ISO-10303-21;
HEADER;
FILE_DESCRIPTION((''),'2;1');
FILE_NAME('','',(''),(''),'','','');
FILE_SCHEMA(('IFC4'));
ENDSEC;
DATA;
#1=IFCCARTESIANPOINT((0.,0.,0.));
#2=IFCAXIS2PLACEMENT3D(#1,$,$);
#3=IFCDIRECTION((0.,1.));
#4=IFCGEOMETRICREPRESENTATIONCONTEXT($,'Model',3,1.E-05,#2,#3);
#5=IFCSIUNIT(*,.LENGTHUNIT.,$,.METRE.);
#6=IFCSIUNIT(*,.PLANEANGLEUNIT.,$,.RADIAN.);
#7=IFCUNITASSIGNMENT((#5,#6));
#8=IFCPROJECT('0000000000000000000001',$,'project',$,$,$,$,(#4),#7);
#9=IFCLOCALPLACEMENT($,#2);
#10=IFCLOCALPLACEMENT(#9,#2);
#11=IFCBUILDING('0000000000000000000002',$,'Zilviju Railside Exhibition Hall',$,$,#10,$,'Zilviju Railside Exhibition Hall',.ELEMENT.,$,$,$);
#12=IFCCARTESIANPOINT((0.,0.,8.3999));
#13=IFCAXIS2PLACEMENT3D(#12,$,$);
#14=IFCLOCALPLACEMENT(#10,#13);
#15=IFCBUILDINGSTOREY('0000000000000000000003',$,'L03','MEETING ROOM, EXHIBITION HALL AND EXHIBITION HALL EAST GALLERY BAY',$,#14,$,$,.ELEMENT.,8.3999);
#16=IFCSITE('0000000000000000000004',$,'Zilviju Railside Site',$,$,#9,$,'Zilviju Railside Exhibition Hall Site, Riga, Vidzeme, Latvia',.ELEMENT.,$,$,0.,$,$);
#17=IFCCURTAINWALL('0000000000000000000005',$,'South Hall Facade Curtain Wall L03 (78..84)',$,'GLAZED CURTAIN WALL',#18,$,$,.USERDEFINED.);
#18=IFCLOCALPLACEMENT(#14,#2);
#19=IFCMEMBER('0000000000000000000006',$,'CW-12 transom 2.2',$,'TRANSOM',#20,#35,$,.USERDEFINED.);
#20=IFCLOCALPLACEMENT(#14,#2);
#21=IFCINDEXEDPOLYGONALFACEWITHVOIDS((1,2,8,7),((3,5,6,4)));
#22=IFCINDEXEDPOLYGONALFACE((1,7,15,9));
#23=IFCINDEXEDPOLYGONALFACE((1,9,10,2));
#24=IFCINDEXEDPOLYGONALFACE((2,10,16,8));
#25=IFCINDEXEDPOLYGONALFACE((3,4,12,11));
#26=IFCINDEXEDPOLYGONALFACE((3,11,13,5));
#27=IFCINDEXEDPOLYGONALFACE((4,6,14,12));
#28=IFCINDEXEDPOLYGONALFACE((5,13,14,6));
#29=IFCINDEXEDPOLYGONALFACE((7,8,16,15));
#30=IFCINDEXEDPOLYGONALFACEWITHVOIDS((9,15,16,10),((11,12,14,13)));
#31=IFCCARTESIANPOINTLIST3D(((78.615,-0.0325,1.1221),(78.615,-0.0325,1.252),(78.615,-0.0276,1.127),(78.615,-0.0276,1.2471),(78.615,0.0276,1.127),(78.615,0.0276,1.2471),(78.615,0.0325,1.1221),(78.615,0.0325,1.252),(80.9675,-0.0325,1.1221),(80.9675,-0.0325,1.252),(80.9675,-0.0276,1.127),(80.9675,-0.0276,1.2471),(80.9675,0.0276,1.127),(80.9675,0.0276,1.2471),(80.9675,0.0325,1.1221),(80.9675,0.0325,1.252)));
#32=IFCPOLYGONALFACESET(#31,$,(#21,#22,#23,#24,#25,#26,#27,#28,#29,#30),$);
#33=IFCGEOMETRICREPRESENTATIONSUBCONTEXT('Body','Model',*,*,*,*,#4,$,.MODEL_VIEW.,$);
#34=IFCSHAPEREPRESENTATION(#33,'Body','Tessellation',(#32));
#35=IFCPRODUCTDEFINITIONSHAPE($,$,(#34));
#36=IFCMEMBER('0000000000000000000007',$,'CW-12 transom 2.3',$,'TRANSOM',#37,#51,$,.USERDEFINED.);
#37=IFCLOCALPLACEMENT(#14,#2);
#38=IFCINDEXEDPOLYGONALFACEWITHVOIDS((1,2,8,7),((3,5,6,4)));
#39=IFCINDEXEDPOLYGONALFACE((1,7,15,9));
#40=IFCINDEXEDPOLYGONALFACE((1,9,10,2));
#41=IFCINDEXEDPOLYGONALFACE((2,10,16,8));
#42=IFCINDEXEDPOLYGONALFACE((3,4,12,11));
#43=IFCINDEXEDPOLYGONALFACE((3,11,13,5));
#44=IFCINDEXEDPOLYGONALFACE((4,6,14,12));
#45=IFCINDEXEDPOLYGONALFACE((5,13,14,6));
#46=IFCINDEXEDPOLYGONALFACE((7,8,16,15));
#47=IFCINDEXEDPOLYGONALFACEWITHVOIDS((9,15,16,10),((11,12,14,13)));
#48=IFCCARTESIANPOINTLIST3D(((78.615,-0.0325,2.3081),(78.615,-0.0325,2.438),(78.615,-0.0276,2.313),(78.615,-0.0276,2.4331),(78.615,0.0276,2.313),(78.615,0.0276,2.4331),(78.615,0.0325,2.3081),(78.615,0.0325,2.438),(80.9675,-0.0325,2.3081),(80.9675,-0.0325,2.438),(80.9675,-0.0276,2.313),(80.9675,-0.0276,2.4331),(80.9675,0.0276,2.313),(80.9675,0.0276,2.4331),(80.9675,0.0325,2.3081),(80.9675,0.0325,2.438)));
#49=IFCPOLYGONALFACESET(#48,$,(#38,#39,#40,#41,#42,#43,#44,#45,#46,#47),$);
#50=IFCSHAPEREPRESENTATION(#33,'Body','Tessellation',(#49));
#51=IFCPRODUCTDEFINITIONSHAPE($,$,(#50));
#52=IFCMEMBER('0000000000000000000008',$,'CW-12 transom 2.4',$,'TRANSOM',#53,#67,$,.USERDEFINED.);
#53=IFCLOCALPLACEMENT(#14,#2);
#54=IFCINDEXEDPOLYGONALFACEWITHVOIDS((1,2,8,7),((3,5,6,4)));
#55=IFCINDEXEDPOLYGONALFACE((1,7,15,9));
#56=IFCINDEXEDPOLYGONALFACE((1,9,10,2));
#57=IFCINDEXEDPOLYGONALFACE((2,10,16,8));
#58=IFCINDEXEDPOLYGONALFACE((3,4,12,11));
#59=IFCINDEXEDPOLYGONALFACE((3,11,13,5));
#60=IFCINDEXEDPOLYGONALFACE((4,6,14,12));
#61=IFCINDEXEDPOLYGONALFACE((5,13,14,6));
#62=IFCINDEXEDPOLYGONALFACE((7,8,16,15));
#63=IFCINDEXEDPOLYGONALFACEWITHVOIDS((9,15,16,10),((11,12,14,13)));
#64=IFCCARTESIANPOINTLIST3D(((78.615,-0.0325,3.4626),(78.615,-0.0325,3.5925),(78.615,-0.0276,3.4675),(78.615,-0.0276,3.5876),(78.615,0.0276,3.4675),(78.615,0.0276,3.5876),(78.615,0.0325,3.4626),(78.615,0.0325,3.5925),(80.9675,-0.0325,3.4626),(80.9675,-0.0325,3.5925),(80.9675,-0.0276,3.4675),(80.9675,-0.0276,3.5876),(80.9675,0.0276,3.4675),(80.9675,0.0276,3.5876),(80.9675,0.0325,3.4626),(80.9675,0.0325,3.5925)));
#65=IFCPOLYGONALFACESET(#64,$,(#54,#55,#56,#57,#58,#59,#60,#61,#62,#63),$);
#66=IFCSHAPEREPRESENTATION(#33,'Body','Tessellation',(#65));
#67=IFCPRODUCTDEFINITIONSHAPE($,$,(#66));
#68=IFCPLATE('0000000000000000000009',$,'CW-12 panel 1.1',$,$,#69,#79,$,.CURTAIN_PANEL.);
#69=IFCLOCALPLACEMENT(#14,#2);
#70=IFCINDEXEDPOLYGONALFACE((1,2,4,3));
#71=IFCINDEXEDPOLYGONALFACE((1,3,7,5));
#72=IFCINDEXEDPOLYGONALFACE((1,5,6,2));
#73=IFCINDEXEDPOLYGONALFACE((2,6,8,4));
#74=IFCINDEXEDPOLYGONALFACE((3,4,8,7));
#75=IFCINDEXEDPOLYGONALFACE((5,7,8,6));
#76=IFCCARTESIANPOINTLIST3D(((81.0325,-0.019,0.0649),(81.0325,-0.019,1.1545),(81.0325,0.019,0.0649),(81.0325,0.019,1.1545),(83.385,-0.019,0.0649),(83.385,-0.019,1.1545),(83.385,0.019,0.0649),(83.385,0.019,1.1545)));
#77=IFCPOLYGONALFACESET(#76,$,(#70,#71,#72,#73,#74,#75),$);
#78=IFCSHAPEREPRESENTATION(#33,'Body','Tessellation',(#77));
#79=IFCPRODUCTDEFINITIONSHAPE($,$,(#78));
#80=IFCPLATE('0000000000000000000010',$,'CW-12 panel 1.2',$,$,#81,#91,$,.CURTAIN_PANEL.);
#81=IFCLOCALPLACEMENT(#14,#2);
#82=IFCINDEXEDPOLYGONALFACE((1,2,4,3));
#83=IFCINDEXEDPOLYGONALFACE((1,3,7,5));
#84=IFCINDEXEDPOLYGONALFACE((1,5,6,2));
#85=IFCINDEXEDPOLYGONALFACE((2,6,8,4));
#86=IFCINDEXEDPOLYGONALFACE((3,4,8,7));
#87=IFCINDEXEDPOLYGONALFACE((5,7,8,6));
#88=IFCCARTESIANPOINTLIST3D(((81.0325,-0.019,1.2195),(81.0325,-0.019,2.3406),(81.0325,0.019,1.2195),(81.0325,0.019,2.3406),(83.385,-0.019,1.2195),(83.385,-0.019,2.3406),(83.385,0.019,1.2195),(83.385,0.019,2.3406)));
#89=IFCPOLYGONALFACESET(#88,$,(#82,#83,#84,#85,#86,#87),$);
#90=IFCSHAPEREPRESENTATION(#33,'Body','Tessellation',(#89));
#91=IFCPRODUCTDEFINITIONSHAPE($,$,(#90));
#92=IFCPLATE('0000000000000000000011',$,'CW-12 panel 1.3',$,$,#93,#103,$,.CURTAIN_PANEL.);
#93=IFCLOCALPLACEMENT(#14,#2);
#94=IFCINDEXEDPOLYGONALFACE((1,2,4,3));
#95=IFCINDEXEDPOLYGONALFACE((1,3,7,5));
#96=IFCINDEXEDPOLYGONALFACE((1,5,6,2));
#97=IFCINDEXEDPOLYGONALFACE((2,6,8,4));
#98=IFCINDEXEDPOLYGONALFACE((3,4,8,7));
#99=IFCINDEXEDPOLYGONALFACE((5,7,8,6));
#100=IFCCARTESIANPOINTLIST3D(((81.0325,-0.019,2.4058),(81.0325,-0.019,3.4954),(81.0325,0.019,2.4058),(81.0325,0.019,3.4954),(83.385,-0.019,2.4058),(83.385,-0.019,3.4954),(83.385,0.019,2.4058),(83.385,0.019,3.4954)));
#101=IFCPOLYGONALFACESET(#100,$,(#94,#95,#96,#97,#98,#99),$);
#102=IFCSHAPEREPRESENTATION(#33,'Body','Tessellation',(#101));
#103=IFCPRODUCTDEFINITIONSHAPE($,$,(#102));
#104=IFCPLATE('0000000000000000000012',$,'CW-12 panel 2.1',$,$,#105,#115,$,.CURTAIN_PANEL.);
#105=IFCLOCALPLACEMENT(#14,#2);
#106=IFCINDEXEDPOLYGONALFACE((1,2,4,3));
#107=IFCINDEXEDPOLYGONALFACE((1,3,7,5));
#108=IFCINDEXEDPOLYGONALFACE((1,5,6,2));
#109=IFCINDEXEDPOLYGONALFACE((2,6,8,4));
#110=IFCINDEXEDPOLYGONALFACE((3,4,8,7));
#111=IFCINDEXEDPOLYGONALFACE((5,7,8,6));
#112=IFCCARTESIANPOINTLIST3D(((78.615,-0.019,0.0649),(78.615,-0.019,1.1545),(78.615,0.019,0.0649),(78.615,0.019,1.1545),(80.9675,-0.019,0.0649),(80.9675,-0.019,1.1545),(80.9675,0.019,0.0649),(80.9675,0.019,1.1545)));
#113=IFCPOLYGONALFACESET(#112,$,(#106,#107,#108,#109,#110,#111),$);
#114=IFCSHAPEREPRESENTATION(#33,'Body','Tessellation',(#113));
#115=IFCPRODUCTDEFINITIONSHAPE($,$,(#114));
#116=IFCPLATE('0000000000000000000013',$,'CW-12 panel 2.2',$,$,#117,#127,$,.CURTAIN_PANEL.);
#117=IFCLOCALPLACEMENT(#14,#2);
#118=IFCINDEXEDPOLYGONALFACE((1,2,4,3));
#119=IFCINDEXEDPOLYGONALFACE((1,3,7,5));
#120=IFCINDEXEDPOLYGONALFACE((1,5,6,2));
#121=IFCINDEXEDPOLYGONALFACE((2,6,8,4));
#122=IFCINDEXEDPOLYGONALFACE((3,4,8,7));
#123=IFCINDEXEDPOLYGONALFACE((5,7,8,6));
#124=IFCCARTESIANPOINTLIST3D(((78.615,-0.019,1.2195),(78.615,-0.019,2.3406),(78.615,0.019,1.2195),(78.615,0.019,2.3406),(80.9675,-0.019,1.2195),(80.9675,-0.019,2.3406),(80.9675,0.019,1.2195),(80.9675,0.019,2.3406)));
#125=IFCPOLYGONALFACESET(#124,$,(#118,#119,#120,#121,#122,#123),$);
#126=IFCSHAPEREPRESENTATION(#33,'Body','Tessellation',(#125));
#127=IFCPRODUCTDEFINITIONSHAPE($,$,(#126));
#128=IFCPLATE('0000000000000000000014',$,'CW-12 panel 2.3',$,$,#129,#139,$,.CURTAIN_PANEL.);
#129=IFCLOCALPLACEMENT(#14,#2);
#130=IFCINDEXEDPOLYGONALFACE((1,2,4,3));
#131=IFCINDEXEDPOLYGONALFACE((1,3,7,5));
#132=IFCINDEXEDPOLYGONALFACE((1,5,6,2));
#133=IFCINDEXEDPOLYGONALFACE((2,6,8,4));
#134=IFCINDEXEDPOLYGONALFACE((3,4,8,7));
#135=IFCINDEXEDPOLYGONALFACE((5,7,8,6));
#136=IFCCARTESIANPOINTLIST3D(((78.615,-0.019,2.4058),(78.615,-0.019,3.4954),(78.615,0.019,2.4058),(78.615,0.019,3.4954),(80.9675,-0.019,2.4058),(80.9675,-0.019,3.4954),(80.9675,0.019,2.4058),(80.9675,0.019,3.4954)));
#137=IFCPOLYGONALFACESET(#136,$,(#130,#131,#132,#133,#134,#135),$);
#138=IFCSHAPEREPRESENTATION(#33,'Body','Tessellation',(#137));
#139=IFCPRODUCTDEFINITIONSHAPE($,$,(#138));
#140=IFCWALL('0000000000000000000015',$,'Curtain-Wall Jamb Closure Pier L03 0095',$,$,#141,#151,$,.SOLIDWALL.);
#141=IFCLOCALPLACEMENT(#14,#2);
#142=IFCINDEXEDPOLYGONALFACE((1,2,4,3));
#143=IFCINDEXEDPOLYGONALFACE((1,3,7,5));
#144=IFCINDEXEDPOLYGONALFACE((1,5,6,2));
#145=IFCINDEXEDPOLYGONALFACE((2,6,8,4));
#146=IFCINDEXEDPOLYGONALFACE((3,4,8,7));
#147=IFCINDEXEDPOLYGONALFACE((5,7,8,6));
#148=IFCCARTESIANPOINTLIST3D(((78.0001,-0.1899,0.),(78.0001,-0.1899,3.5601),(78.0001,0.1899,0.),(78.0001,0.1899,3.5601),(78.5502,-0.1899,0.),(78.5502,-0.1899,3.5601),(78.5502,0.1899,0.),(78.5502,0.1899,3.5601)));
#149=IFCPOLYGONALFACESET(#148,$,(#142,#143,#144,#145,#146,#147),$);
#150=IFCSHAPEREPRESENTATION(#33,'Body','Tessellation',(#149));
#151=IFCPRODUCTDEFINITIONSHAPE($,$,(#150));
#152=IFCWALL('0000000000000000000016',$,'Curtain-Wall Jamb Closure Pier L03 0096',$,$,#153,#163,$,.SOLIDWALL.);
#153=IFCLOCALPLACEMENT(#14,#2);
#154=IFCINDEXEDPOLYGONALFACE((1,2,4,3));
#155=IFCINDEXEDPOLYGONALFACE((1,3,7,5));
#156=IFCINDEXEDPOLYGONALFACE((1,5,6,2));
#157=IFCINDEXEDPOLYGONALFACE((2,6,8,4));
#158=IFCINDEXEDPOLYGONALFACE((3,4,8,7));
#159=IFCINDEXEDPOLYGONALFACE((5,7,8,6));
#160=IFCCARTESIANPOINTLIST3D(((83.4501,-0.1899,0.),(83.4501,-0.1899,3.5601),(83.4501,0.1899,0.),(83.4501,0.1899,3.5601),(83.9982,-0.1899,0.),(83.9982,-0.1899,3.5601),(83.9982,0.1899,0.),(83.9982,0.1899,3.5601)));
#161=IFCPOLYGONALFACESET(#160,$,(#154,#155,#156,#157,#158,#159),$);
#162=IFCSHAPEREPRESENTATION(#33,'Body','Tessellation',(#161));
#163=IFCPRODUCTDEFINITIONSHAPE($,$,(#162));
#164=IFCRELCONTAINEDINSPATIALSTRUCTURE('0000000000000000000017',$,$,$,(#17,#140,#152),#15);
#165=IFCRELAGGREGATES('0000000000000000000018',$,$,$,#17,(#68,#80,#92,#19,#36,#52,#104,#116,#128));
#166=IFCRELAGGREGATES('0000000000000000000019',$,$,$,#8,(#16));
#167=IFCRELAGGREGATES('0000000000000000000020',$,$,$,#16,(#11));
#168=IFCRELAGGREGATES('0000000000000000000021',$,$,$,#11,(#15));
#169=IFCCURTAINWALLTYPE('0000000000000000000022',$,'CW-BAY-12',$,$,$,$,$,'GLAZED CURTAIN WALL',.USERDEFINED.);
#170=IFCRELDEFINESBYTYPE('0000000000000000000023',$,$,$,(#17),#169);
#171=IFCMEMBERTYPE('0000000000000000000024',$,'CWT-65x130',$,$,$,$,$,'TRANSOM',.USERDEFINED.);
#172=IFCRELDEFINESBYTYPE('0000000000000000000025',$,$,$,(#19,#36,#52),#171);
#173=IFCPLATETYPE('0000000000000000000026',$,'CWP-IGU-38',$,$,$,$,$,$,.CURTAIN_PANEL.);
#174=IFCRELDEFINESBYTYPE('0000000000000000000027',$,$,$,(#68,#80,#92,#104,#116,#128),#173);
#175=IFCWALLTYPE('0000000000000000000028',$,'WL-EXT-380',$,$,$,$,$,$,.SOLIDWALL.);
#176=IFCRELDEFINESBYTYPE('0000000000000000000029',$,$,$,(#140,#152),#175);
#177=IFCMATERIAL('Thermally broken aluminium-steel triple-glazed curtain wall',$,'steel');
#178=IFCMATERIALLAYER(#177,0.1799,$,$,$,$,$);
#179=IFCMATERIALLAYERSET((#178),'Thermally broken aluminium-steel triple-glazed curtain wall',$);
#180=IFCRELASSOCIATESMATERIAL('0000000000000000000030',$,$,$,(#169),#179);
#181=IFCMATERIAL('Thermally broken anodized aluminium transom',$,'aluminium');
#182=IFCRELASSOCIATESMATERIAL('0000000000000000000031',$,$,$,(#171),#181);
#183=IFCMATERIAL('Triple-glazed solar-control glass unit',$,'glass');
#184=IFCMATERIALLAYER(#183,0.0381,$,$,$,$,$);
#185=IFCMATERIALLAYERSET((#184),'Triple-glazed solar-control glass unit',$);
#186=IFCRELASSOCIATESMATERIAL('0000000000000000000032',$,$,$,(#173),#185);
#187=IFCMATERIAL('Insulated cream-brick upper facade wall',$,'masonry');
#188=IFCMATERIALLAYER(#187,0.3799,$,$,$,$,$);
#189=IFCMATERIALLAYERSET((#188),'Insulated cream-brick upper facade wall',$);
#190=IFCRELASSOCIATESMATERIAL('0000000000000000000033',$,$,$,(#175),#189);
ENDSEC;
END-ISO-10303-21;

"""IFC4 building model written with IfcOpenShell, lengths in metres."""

from ifc_helpers import new_model, si_unit, direction, frame, frame_2d, origin, origin_2d, place, context, subcontext, project, spatial, rectangle, hollow_rectangle, extrude, material, layer, layer_set, material_profile, profile_set, type_object, element, aggregate, save


model = new_model("IFC4")

# Units and contexts
model_context = context("Model", 3, precision=1e-05, world=origin(), true_north=direction((0.0, 1.0)))
body_context = subcontext(model_context, "Body", "Model", "MODEL_VIEW")
ifc_project = project(units=[si_unit("LENGTHUNIT", "METRE"), si_unit("PLANEANGLEUNIT", "RADIAN")], contexts=[model_context])

# Site, building, storey
site_placement = place(None, origin())
site = spatial("IfcSite", under=ifc_project, at=site_placement, Name="Zilviju Railside Site", LongName="Zilviju Railside Exhibition Hall Site, Riga, Vidzeme, Latvia", CompositionType="ELEMENT", RefElevation=0.0)
building_placement = place(site_placement, origin())
building = spatial("IfcBuilding", under=site, at=building_placement, Name="Zilviju Railside Exhibition Hall", LongName="Zilviju Railside Exhibition Hall", CompositionType="ELEMENT")
storey_placement = place(building_placement, frame((0.0, 0.0, 8.3999)))
storey = spatial("IfcBuildingStorey", under=building, at=storey_placement, Name="L03", Description="MEETING ROOM, EXHIBITION HALL AND EXHIBITION HALL EAST GALLERY BAY", CompositionType="ELEMENT", Elevation=8.3999)

# Curtain wall, members, plates
ifc_material_1 = material(Name="Thermally broken aluminium-steel triple-glazed curtain wall", Category="steel")
ifc_layer_1 = layer(ifc_material_1, 0.1799)
ifc_layer_set_1 = layer_set([ifc_layer_1], Name="Thermally broken aluminium-steel triple-glazed curtain wall")
curtain_wall_type = type_object("IfcCurtainWallType", Name="CW-BAY-12", ElementType="GLAZED CURTAIN WALL", PredefinedType="USERDEFINED", material=ifc_layer_set_1)
curtain_wall_placement = place(storey_placement, origin())
curtain_wall = element("IfcCurtainWall", 1, at=curtain_wall_placement, inside=storey, type_object=curtain_wall_type, Name="South Hall Facade Curtain Wall L03 (78..84)", ObjectType="GLAZED CURTAIN WALL", PredefinedType="USERDEFINED")
ifc_material_2 = material(Name="Thermally broken anodized aluminium transom", Category="aluminium")
ifc_material_profile_1 = material_profile(ifc_material_2, hollow_rectangle(XDim=0.0649, YDim=0.1299, WallThickness=0.0049, at=origin_2d()), Name="TRANSOM 130x65x5")
ifc_profile_set_1 = profile_set([ifc_material_profile_1], Name="Thermally broken anodized aluminium transom")
member_type_1 = type_object("IfcMemberType", Name="CWT-65x130", ElementType="TRANSOM", PredefinedType="USERDEFINED", material=ifc_profile_set_1)
member_1_placement = place(storey_placement, frame((80.9675, 0.0, 1.187), z_axis=(-1.0, 0.0, 0.0), x_axis=(0.0, -1.0, 0.0)))
member_1 = element("IfcMember", 2, at=member_1_placement, type_object=member_type_1, Name="CW-12 transom 2.2", ObjectType="TRANSOM", PredefinedType="USERDEFINED", context=body_context, shape_type="SweptSolid", body=[
    extrude(hollow_rectangle(XDim=0.0649, YDim=0.1299, WallThickness=0.0049, at=origin_2d()), origin(), (0.0, 0.0, 1.0), 2.3525),
])
member_2_placement = place(storey_placement, frame((80.9675, 0.0, 2.373), z_axis=(-1.0, 0.0, 0.0), x_axis=(0.0, -1.0, 0.0)))
member_2 = element("IfcMember", 3, at=member_2_placement, type_object=member_type_1, Name="CW-12 transom 2.3", ObjectType="TRANSOM", PredefinedType="USERDEFINED", context=body_context, shape_type="SweptSolid", body=[
    extrude(hollow_rectangle(XDim=0.0649, YDim=0.1299, WallThickness=0.0049, at=origin_2d()), origin(), (0.0, 0.0, 1.0), 2.3525),
])
member_3_placement = place(storey_placement, frame((80.9675, 0.0, 3.5276), z_axis=(-1.0, 0.0, 0.0), x_axis=(0.0, -1.0, 0.0)))
member_3 = element("IfcMember", 4, at=member_3_placement, type_object=member_type_1, Name="CW-12 transom 2.4", ObjectType="TRANSOM", PredefinedType="USERDEFINED", context=body_context, shape_type="SweptSolid", body=[
    extrude(hollow_rectangle(XDim=0.0649, YDim=0.1299, WallThickness=0.0049, at=origin_2d()), origin(), (0.0, 0.0, 1.0), 2.3525),
])
ifc_material_3 = material(Name="Triple-glazed solar-control glass unit", Category="glass")
ifc_layer_2 = layer(ifc_material_3, 0.0381)
ifc_layer_set_2 = layer_set([ifc_layer_2], Name="Triple-glazed solar-control glass unit")
plate_type = type_object("IfcPlateType", Name="CWP-IGU-38", PredefinedType="CURTAIN_PANEL", material=ifc_layer_set_2)
plate_1_placement = place(storey_placement, frame((82.2087, 0.0, 0.0649), z_axis=(0.0, 0.0, 1.0), x_axis=(-1.0, 0.0, 0.0)))
plate_1 = element("IfcPlate", 5, at=plate_1_placement, type_object=plate_type, Name="CW-12 panel 1.1", PredefinedType="CURTAIN_PANEL", context=body_context, shape_type="SweptSolid", body=[
    extrude(rectangle(XDim=2.3525, YDim=0.0381, at=origin_2d()), origin(), (0.0, 0.0, 1.0), 1.0896),
])
plate_2_placement = place(storey_placement, frame((82.2087, 0.0, 1.2195), z_axis=(0.0, 0.0, 1.0), x_axis=(-1.0, 0.0, 0.0)))
plate_2 = element("IfcPlate", 6, at=plate_2_placement, type_object=plate_type, Name="CW-12 panel 1.2", PredefinedType="CURTAIN_PANEL", context=body_context, shape_type="SweptSolid", body=[
    extrude(rectangle(XDim=2.3525, YDim=0.0381, at=origin_2d()), origin(), (0.0, 0.0, 1.0), 1.1211),
])
plate_3_placement = place(storey_placement, frame((82.2087, 0.0, 2.4058), z_axis=(0.0, 0.0, 1.0), x_axis=(-1.0, 0.0, 0.0)))
plate_3 = element("IfcPlate", 7, at=plate_3_placement, type_object=plate_type, Name="CW-12 panel 1.3", PredefinedType="CURTAIN_PANEL", context=body_context, shape_type="SweptSolid", body=[
    extrude(rectangle(XDim=2.3525, YDim=0.0381, at=origin_2d()), origin(), (0.0, 0.0, 1.0), 1.0896),
])
plate_4_placement = place(storey_placement, frame((79.7913, 0.0, 0.0649), z_axis=(0.0, 0.0, 1.0), x_axis=(-1.0, 0.0, 0.0)))
plate_4 = element("IfcPlate", 8, at=plate_4_placement, type_object=plate_type, Name="CW-12 panel 2.1", PredefinedType="CURTAIN_PANEL", context=body_context, shape_type="SweptSolid", body=[
    extrude(rectangle(XDim=2.3525, YDim=0.0381, at=origin_2d()), origin(), (0.0, 0.0, 1.0), 1.0896),
])
plate_5_placement = place(storey_placement, frame((79.7913, 0.0, 1.2195), z_axis=(0.0, 0.0, 1.0), x_axis=(-1.0, 0.0, 0.0)))
plate_5 = element("IfcPlate", 9, at=plate_5_placement, type_object=plate_type, Name="CW-12 panel 2.2", PredefinedType="CURTAIN_PANEL", context=body_context, shape_type="SweptSolid", body=[
    extrude(rectangle(XDim=2.3525, YDim=0.0381, at=origin_2d()), origin(), (0.0, 0.0, 1.0), 1.1211),
])
plate_6_placement = place(storey_placement, frame((79.7913, 0.0, 2.4058), z_axis=(0.0, 0.0, 1.0), x_axis=(-1.0, 0.0, 0.0)))
plate_6 = element("IfcPlate", 10, at=plate_6_placement, type_object=plate_type, Name="CW-12 panel 2.3", PredefinedType="CURTAIN_PANEL", context=body_context, shape_type="SweptSolid", body=[
    extrude(rectangle(XDim=2.3525, YDim=0.0381, at=origin_2d()), origin(), (0.0, 0.0, 1.0), 1.0896),
])
aggregate(curtain_wall, [plate_1, plate_2, plate_3, member_1, member_2, member_3, plate_4, plate_5, plate_6])

# Walls
ifc_material_4 = material(Name="Insulated cream-brick upper facade wall", Category="masonry")
ifc_layer_3 = layer(ifc_material_4, 0.3799)
ifc_layer_set_3 = layer_set([ifc_layer_3], Name="Insulated cream-brick upper facade wall")
wall_type = type_object("IfcWallType", Name="WL-EXT-380", PredefinedType="SOLIDWALL", material=ifc_layer_set_3)
wall_1_placement = place(storey_placement, frame((78.55, 0.0, 0.0), z_axis=(0.0, 0.0, 1.0), x_axis=(-1.0, 0.0, 0.0)))
element("IfcWall", 11, at=wall_1_placement, inside=storey, type_object=wall_type, Name="Curtain-Wall Jamb Closure Pier L03 0095", PredefinedType="SOLIDWALL", context=body_context, shape_type="SweptSolid", body=[
    extrude(rectangle(XDim=0.55, YDim=0.3799, at=frame_2d((0.2749, 0.0))), origin(), (0.0, 0.0, 1.0), 3.5601),
])
wall_2_placement = place(storey_placement, frame((83.998, 0.0, 0.0), z_axis=(0.0, 0.0, 1.0), x_axis=(-1.0, 0.0, 0.0)))
element("IfcWall", 12, at=wall_2_placement, inside=storey, type_object=wall_type, Name="Curtain-Wall Jamb Closure Pier L03 0096", PredefinedType="SOLIDWALL", context=body_context, shape_type="SweptSolid", body=[
    extrude(rectangle(XDim=0.5481, YDim=0.3799, at=frame_2d((0.2739, 0.0))), origin(), (0.0, 0.0, 1.0), 3.5601),
])

save(model, "model.ifc")
